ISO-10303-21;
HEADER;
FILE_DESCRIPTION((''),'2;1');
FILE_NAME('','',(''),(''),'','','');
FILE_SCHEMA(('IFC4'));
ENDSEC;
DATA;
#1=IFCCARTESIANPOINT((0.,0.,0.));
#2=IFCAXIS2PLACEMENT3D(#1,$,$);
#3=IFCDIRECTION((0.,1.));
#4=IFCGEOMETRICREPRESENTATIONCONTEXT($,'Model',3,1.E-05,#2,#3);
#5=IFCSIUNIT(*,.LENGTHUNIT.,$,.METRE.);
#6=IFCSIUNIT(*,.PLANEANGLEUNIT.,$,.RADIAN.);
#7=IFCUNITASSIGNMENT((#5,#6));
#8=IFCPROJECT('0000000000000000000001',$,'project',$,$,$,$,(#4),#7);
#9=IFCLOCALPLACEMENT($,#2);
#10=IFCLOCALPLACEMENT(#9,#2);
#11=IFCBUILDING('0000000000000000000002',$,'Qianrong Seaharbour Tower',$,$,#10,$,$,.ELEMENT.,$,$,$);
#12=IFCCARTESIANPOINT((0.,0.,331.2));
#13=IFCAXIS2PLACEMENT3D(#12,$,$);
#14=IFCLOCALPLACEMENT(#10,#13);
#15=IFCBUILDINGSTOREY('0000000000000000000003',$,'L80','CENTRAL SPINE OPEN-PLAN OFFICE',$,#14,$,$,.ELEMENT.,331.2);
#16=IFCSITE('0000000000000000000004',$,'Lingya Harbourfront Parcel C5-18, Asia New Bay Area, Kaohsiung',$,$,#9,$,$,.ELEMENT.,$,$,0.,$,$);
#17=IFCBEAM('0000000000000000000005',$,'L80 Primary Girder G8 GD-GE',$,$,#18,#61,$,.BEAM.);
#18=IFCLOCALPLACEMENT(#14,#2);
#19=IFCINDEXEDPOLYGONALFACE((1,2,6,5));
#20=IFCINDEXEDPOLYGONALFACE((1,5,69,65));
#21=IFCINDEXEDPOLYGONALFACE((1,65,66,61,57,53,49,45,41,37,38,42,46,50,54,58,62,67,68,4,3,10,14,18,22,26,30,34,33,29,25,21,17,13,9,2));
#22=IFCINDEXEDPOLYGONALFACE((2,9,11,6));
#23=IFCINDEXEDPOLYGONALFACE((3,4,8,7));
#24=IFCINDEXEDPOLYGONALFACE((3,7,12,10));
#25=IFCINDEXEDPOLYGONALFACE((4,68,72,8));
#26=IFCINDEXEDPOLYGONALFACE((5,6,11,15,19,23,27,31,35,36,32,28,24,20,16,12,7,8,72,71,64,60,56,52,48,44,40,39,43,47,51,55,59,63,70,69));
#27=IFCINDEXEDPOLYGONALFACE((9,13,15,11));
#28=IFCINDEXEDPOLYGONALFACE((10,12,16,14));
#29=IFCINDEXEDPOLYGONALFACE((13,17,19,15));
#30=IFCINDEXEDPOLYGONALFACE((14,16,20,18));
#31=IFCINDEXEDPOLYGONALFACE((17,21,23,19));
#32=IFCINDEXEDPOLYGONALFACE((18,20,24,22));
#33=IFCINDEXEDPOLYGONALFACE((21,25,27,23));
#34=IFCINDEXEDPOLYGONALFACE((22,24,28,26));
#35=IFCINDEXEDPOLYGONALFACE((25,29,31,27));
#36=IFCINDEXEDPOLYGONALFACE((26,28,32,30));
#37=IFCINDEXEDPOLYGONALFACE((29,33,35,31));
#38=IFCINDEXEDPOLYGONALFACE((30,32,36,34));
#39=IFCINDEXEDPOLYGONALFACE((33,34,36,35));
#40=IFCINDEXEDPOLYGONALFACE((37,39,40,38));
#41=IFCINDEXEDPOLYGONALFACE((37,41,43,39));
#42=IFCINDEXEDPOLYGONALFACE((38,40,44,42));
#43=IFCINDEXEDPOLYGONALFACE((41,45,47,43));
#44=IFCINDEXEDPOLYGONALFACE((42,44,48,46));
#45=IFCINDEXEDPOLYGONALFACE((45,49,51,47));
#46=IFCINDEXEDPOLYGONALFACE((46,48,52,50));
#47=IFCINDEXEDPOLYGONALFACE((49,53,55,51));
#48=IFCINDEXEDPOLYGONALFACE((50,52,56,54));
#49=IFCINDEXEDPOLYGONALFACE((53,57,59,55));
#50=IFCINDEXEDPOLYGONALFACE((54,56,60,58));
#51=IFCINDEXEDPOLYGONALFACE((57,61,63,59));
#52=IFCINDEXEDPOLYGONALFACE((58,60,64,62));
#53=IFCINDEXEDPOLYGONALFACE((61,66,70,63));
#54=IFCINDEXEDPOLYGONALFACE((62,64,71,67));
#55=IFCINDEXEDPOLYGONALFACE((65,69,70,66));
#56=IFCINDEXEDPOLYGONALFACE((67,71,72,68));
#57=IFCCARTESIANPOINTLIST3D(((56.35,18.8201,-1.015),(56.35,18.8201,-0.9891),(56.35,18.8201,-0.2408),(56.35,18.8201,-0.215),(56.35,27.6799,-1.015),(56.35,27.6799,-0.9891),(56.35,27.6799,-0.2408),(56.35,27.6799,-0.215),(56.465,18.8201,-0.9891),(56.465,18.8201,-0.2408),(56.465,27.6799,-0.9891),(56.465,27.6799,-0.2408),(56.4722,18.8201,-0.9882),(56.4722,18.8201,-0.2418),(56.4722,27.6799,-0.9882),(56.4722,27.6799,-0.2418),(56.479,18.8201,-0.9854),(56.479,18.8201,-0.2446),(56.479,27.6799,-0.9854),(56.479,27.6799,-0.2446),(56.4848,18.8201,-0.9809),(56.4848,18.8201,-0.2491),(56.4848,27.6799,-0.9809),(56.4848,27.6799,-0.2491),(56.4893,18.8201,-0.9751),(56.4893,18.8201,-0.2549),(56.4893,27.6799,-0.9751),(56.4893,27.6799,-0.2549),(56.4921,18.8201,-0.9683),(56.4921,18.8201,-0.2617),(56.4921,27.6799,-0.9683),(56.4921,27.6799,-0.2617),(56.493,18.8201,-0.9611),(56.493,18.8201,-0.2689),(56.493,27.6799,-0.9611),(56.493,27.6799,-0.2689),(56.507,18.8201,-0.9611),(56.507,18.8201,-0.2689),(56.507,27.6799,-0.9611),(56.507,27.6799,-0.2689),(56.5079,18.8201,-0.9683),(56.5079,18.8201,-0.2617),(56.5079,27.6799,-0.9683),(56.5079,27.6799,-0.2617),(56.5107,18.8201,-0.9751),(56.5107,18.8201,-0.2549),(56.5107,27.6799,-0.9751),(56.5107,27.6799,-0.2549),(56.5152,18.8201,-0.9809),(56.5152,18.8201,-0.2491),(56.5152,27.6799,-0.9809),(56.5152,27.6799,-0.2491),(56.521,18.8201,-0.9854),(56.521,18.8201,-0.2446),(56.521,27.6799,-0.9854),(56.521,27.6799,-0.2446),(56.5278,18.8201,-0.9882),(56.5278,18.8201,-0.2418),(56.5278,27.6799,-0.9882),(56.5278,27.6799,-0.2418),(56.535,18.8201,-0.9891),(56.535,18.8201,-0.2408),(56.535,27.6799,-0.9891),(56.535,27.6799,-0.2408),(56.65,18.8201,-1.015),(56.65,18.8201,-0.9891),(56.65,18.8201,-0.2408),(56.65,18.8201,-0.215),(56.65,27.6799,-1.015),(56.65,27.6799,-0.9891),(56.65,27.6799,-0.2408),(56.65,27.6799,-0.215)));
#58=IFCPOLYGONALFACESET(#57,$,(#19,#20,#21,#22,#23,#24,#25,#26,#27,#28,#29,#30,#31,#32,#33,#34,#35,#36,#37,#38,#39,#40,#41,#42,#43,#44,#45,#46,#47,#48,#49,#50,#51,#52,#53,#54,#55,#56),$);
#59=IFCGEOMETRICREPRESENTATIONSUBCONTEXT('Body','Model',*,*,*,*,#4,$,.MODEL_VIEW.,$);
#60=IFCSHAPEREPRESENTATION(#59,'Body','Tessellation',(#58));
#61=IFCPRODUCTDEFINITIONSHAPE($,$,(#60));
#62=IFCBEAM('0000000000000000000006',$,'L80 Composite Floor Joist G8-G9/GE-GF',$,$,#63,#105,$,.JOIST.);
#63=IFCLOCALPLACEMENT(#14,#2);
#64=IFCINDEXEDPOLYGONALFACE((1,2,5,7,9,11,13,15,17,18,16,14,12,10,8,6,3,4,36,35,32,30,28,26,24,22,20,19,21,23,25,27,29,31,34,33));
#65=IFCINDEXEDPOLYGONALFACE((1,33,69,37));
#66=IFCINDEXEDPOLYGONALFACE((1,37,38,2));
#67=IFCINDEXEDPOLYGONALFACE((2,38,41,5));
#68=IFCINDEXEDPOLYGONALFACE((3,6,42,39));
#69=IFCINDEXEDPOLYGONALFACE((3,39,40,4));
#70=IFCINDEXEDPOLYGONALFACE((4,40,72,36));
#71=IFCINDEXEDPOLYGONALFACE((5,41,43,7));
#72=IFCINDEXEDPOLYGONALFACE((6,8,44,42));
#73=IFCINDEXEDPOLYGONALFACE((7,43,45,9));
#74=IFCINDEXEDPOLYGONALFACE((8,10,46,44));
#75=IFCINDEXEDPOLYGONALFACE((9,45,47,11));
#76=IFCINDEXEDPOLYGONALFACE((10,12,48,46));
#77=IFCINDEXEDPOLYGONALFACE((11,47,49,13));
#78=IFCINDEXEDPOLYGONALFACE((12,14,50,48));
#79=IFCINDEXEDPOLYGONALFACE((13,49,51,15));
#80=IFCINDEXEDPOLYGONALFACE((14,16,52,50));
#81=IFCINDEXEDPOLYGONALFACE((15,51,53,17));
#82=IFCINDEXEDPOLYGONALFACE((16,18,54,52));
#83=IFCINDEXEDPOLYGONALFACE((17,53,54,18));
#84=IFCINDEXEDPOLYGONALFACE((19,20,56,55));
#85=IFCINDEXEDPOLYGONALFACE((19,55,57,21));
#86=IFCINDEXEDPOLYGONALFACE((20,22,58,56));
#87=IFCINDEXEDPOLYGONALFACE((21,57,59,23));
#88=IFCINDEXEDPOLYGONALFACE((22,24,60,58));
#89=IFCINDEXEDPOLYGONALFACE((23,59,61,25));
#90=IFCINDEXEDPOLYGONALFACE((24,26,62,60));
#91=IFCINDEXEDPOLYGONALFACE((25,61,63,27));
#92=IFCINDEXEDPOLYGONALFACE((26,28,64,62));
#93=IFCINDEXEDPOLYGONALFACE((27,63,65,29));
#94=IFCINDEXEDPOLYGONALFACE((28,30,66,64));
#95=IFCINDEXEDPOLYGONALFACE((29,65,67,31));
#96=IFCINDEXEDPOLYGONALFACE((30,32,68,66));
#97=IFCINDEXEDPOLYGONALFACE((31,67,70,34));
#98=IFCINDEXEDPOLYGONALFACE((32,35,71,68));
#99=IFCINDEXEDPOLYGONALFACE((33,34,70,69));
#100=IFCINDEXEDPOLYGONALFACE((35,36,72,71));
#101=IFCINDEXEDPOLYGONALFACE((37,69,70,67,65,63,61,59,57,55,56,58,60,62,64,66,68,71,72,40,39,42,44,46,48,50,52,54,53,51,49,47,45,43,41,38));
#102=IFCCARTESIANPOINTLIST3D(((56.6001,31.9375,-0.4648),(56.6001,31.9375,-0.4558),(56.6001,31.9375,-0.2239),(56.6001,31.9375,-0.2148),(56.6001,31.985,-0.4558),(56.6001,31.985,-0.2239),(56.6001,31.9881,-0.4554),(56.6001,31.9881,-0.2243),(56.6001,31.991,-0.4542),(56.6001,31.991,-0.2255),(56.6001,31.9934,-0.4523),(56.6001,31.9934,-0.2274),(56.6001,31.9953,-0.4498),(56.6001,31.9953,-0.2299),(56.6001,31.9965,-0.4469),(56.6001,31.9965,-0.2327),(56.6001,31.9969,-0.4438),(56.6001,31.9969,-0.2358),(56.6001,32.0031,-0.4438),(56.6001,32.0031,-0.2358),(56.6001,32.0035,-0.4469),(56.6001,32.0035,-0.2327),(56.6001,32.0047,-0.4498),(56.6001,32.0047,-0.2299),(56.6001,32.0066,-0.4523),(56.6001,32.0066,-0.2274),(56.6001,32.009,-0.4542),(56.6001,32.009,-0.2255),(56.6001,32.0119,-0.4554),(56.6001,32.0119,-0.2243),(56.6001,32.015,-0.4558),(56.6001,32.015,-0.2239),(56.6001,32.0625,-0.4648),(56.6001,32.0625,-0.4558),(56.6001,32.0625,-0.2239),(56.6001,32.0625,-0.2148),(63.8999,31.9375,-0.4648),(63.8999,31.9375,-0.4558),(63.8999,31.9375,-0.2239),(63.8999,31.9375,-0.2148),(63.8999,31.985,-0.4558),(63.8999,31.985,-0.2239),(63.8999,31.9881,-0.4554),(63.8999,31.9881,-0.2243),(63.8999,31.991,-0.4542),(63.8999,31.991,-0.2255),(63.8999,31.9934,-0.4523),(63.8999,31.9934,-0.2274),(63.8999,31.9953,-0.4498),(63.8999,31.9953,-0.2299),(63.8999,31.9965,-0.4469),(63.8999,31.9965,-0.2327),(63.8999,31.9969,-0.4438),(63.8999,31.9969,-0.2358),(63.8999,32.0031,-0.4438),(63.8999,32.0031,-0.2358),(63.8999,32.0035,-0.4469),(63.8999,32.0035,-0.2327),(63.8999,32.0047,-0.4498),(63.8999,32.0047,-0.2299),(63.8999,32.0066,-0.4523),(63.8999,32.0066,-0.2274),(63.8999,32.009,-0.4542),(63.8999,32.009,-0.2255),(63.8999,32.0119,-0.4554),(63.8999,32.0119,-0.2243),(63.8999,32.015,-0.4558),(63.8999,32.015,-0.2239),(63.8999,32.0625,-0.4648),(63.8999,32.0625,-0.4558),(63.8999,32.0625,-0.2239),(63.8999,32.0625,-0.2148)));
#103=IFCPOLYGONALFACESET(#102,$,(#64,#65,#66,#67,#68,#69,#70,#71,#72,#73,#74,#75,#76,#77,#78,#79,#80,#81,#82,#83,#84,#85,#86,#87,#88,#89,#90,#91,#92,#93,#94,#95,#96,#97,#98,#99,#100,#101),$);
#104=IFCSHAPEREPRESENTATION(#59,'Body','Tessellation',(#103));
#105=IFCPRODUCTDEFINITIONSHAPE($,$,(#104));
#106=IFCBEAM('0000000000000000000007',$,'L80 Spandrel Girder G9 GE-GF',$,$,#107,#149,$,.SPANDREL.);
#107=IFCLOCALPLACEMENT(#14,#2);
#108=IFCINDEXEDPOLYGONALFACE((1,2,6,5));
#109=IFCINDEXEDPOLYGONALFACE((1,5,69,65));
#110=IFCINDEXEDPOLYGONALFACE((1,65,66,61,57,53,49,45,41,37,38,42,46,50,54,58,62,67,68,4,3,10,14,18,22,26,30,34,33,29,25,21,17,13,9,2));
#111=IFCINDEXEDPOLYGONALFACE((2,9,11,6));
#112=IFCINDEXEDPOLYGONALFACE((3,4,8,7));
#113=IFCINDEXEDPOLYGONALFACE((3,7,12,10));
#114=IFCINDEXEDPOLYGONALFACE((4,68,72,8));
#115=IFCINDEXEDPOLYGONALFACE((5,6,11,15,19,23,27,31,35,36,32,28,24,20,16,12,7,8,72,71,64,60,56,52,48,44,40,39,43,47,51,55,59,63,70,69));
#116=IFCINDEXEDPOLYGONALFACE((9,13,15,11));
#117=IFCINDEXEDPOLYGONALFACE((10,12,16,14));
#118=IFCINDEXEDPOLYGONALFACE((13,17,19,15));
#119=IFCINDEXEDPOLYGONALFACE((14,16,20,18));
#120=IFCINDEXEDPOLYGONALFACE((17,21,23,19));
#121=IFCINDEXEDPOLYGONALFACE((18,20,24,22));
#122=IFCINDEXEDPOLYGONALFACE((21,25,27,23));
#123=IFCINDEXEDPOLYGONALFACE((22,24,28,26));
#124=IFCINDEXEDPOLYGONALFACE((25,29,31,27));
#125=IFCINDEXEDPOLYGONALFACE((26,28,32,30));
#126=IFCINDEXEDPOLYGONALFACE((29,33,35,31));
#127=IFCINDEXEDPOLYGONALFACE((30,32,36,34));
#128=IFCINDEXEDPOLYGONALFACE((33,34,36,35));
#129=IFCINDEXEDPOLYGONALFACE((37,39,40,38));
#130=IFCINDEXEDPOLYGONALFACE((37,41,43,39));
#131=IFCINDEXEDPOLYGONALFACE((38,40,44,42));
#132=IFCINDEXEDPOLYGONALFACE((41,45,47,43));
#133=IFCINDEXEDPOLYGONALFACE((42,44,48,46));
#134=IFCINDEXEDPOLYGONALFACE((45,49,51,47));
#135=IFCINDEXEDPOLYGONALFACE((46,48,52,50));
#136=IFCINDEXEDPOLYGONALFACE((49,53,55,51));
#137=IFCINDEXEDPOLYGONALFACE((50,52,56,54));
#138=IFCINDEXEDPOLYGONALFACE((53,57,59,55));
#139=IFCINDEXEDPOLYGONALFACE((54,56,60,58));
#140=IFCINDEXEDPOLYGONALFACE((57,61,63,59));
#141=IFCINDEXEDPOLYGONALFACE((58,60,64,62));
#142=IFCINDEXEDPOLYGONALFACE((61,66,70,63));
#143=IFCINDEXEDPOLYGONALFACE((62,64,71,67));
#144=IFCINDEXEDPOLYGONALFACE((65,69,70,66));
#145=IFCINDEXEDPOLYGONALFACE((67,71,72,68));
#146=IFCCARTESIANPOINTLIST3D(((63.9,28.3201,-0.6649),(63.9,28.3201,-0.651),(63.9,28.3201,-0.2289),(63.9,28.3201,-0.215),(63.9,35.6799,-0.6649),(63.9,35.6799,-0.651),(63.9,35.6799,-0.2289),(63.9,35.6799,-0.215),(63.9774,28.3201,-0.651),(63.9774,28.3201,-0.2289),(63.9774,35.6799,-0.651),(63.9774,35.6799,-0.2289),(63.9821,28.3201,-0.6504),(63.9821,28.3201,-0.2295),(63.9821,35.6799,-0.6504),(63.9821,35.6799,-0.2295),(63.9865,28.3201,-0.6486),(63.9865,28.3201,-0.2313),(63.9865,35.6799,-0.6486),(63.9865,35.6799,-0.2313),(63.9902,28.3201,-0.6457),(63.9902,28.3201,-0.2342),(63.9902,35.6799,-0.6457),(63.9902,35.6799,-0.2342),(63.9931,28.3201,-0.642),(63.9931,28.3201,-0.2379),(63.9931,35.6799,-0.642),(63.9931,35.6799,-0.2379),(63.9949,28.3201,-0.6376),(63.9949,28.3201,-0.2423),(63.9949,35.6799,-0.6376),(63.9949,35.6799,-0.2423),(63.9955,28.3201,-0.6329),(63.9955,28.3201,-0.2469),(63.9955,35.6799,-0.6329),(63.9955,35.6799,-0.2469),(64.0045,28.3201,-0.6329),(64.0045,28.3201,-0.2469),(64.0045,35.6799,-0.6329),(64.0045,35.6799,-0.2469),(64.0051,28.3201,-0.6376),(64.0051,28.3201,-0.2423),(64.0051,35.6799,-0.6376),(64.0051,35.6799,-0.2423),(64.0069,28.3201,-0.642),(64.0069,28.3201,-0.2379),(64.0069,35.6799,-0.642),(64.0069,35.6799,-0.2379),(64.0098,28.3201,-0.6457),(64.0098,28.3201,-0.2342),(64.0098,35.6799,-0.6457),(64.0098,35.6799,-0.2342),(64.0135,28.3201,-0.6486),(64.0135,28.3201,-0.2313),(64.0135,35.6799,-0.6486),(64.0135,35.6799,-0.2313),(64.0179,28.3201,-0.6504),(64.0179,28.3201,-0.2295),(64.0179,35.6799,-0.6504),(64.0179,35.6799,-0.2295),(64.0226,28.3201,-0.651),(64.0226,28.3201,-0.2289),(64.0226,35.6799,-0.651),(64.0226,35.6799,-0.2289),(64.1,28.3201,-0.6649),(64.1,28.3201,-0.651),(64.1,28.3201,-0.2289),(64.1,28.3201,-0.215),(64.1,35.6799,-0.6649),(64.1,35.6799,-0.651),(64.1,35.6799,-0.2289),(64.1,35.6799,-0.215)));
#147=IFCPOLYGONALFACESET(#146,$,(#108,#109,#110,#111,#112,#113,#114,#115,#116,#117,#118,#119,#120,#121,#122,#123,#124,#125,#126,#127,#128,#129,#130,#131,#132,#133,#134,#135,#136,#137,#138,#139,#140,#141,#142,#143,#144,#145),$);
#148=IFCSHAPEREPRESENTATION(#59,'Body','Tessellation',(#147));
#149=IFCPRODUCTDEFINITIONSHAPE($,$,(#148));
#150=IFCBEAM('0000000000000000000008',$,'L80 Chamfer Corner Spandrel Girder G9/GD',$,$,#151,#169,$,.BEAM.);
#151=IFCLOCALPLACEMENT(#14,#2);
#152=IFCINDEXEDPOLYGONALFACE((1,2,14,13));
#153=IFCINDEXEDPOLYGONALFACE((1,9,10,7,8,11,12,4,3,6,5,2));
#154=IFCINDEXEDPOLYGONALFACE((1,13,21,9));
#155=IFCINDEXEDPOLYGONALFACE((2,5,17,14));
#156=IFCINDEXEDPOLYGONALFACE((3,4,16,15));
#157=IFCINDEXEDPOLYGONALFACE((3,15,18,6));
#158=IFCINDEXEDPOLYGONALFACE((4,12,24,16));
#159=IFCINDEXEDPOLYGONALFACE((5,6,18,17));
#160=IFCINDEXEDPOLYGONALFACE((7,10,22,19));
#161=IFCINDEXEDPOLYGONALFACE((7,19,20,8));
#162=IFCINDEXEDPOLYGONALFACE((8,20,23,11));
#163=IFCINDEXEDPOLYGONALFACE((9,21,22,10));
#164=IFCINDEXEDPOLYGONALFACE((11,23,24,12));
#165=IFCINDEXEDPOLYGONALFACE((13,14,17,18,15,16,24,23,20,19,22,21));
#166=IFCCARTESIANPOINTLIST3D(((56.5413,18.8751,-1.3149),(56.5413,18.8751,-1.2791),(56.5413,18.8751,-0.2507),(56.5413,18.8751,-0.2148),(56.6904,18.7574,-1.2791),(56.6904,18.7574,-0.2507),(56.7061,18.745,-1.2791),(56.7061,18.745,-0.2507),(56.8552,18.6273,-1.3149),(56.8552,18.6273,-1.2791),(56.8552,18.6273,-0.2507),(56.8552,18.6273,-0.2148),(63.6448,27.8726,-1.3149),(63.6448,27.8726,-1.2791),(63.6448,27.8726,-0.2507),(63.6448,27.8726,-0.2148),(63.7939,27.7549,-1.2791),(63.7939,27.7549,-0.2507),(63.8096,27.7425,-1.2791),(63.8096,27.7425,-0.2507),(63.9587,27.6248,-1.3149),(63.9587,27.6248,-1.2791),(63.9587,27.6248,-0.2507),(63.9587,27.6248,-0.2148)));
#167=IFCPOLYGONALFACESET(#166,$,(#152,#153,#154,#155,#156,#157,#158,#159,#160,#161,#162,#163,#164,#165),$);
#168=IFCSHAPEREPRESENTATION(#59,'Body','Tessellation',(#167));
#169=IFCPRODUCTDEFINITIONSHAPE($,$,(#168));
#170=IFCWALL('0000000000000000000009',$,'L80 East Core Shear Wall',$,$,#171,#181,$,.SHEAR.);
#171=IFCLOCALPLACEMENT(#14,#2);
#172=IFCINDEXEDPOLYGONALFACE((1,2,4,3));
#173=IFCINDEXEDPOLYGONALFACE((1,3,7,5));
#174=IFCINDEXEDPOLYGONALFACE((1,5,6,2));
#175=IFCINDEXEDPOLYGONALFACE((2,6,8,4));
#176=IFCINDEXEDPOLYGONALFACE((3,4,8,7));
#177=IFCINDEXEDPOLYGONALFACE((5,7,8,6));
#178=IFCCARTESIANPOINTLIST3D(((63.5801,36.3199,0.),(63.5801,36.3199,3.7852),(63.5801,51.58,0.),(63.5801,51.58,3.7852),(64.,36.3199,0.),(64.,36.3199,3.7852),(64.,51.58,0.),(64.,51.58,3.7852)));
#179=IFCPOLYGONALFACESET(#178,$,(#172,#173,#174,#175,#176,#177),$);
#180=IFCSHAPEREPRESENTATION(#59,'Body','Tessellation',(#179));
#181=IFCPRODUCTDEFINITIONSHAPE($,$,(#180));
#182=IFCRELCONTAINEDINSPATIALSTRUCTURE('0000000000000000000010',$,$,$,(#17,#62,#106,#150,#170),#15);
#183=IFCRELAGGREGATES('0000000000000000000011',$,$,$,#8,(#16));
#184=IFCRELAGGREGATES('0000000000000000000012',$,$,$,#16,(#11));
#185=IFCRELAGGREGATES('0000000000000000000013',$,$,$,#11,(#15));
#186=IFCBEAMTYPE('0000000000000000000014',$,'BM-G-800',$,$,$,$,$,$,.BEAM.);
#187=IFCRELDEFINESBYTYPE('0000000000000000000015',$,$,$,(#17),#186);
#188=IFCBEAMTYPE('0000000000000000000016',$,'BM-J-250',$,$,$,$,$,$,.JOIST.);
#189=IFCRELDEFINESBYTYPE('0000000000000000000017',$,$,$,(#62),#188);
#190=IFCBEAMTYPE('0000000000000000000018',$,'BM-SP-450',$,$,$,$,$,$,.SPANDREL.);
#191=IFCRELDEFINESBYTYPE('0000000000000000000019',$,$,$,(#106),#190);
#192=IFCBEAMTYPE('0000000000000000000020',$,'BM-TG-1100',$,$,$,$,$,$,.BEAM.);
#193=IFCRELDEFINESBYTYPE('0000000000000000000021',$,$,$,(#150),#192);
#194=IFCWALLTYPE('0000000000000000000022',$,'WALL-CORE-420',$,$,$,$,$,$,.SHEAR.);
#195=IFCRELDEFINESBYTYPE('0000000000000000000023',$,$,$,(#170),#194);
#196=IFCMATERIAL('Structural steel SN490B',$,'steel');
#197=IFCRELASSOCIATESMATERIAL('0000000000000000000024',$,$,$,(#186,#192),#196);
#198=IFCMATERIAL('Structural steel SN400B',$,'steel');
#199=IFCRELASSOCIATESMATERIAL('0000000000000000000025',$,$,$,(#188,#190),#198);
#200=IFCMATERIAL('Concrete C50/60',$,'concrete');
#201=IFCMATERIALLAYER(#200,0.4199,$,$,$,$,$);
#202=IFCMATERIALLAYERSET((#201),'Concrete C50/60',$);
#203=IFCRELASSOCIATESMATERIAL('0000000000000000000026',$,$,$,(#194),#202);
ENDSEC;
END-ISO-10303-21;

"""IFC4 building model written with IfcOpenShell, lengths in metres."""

from ifc_helpers import new_model, si_unit, direction, frame, frame_2d, origin, origin_2d, place, context, subcontext, project, spatial, rectangle, i_section, extrude, material, layer, layer_set, material_profile, profile_set, type_object, element, save


model = new_model("IFC4")

# Units and contexts
model_context = context("Model", 3, precision=1e-05, world=origin(), true_north=direction((0.0, 1.0)))
body_context = subcontext(model_context, "Body", "Model", "MODEL_VIEW")
ifc_project = project(units=[si_unit("LENGTHUNIT", "METRE"), si_unit("PLANEANGLEUNIT", "RADIAN")], contexts=[model_context])

# Site, building, storey
site_placement = place(None, origin())
site = spatial("IfcSite", under=ifc_project, at=site_placement, Name="Lingya Harbourfront Parcel C5-18, Asia New Bay Area, Kaohsiung", CompositionType="ELEMENT", RefElevation=0.0)
building_placement = place(site_placement, origin())
building = spatial("IfcBuilding", under=site, at=building_placement, Name="Qianrong Seaharbour Tower", CompositionType="ELEMENT")
storey_placement = place(building_placement, frame((0.0, 0.0, 331.2)))
storey = spatial("IfcBuildingStorey", under=building, at=storey_placement, Name="L80", Description="CENTRAL SPINE OPEN-PLAN OFFICE", CompositionType="ELEMENT", Elevation=331.2)

# Shared definitions
ifc_material_1 = material(Name="Structural steel SN490B", Category="steel")
ifc_material_2 = material(Name="Concrete C50/60", Category="concrete")
ifc_material_3 = material(Name="Structural steel SN400B", Category="steel")

# Beams
ifc_material_profile_1 = material_profile(ifc_material_1, i_section(OverallWidth=0.3, OverallDepth=0.8, WebThickness=0.0139, FlangeThickness=0.0259, FilletRadius=0.0281, at=origin_2d()), Name="H800x300x14x26")
ifc_profile_set_1 = profile_set([ifc_material_profile_1], Name="Structural steel SN490B")
beam_type_1 = type_object("IfcBeamType", Name="BM-G-800", PredefinedType="BEAM", material=ifc_profile_set_1)
beam_1_placement = place(storey_placement, frame((56.5, 18.8201, -0.615), z_axis=(0.0, 1.0, 0.0), x_axis=(-1.0, 0.0, 0.0)))
element("IfcBeam", 1, at=beam_1_placement, inside=storey, type_object=beam_type_1, Name="L80 Primary Girder G8 GD-GE", PredefinedType="BEAM", context=body_context, shape_type="SweptSolid", body=[
    extrude(i_section(OverallWidth=0.3, OverallDepth=0.8, WebThickness=0.0139, FlangeThickness=0.0259, FilletRadius=0.0281, at=origin_2d()), origin(), (0.0, 0.0, 1.0), 8.8599),
])
ifc_material_profile_2 = material_profile(ifc_material_3, i_section(OverallWidth=0.125, OverallDepth=0.25, WebThickness=0.0061, FlangeThickness=0.009, FilletRadius=0.012, at=origin_2d()), Name="H250x125x6x9")
ifc_profile_set_2 = profile_set([ifc_material_profile_2], Name="Structural steel SN400B")
beam_type_2 = type_object("IfcBeamType", Name="BM-J-250", PredefinedType="JOIST", material=ifc_profile_set_2)
beam_2_placement = place(storey_placement, frame((56.6001, 32.0, -0.3398), z_axis=(1.0, 0.0, 0.0), x_axis=(0.0, 1.0, 0.0)))
element("IfcBeam", 2, at=beam_2_placement, inside=storey, type_object=beam_type_2, Name="L80 Composite Floor Joist G8-G9/GE-GF", PredefinedType="JOIST", context=body_context, shape_type="SweptSolid", body=[
    extrude(i_section(OverallWidth=0.125, OverallDepth=0.25, WebThickness=0.0061, FlangeThickness=0.009, FilletRadius=0.012, at=origin_2d()), origin(), (0.0, 0.0, 1.0), 7.2998),
])
ifc_material_profile_3 = material_profile(ifc_material_3, i_section(OverallWidth=0.2, OverallDepth=0.45, WebThickness=0.009, FlangeThickness=0.0139, FilletRadius=0.0181, at=origin_2d()), Name="H450x200x9x14")
ifc_profile_set_3 = profile_set([ifc_material_profile_3], Name="Structural steel SN400B")
beam_type_3 = type_object("IfcBeamType", Name="BM-SP-450", PredefinedType="SPANDREL", material=ifc_profile_set_3)
beam_3_placement = place(storey_placement, frame((64.0, 28.3201, -0.4399), z_axis=(0.0, 1.0, 0.0), x_axis=(-1.0, 0.0, 0.0)))
element("IfcBeam", 3, at=beam_3_placement, inside=storey, type_object=beam_type_3, Name="L80 Spandrel Girder G9 GE-GF", PredefinedType="SPANDREL", context=body_context, shape_type="SweptSolid", body=[
    extrude(i_section(OverallWidth=0.2, OverallDepth=0.45, WebThickness=0.009, FlangeThickness=0.0139, FilletRadius=0.0181, at=origin_2d()), origin(), (0.0, 0.0, 1.0), 7.3599),
])
ifc_material_profile_4 = material_profile(ifc_material_1, i_section(OverallWidth=0.3999, OverallDepth=1.1001, WebThickness=0.02, FlangeThickness=0.0359, at=origin_2d()), Name="BH1100x400x20x36")
ifc_profile_set_4 = profile_set([ifc_material_profile_4], Name="Structural steel SN490B")
beam_type_4 = type_object("IfcBeamType", Name="BM-TG-1100", PredefinedType="BEAM", material=ifc_profile_set_4)
beam_4_placement = place(storey_placement, frame((56.6982, 18.7512, -0.7649), z_axis=(0.619654, 0.784875, 0.0), x_axis=(-0.784875, 0.619654, 0.0)))
element("IfcBeam", 4, at=beam_4_placement, inside=storey, type_object=beam_type_4, Name="L80 Chamfer Corner Spandrel Girder G9/GD", PredefinedType="BEAM", context=body_context, shape_type="SweptSolid", body=[
    extrude(i_section(OverallWidth=0.3999, OverallDepth=1.1001, WebThickness=0.02, FlangeThickness=0.0359, at=origin_2d()), origin(), (0.0, 0.0, 1.0), 11.4636),
])

# Wall
ifc_layer_1 = layer(ifc_material_2, 0.4199)
ifc_layer_set_1 = layer_set([ifc_layer_1], Name="Concrete C50/60")
wall_type_1 = type_object("IfcWallType", Name="WALL-CORE-420", PredefinedType="SHEAR", material=ifc_layer_set_1)
wall_1_placement = place(storey_placement, frame((63.79, 36.3201, 0.0), z_axis=(0.0, 0.0, 1.0), x_axis=(0.0, 1.0, 0.0)))
element("IfcWall", 5, at=wall_1_placement, inside=storey, type_object=wall_type_1, Name="L80 East Core Shear Wall", PredefinedType="SHEAR", context=body_context, shape_type="SweptSolid", body=[
    extrude(rectangle(XDim=15.26, YDim=0.4199, at=frame_2d((7.6299, 0.0))), origin(), (0.0, 0.0, 1.0), 3.7852),
])

save(model, "model.ifc")
